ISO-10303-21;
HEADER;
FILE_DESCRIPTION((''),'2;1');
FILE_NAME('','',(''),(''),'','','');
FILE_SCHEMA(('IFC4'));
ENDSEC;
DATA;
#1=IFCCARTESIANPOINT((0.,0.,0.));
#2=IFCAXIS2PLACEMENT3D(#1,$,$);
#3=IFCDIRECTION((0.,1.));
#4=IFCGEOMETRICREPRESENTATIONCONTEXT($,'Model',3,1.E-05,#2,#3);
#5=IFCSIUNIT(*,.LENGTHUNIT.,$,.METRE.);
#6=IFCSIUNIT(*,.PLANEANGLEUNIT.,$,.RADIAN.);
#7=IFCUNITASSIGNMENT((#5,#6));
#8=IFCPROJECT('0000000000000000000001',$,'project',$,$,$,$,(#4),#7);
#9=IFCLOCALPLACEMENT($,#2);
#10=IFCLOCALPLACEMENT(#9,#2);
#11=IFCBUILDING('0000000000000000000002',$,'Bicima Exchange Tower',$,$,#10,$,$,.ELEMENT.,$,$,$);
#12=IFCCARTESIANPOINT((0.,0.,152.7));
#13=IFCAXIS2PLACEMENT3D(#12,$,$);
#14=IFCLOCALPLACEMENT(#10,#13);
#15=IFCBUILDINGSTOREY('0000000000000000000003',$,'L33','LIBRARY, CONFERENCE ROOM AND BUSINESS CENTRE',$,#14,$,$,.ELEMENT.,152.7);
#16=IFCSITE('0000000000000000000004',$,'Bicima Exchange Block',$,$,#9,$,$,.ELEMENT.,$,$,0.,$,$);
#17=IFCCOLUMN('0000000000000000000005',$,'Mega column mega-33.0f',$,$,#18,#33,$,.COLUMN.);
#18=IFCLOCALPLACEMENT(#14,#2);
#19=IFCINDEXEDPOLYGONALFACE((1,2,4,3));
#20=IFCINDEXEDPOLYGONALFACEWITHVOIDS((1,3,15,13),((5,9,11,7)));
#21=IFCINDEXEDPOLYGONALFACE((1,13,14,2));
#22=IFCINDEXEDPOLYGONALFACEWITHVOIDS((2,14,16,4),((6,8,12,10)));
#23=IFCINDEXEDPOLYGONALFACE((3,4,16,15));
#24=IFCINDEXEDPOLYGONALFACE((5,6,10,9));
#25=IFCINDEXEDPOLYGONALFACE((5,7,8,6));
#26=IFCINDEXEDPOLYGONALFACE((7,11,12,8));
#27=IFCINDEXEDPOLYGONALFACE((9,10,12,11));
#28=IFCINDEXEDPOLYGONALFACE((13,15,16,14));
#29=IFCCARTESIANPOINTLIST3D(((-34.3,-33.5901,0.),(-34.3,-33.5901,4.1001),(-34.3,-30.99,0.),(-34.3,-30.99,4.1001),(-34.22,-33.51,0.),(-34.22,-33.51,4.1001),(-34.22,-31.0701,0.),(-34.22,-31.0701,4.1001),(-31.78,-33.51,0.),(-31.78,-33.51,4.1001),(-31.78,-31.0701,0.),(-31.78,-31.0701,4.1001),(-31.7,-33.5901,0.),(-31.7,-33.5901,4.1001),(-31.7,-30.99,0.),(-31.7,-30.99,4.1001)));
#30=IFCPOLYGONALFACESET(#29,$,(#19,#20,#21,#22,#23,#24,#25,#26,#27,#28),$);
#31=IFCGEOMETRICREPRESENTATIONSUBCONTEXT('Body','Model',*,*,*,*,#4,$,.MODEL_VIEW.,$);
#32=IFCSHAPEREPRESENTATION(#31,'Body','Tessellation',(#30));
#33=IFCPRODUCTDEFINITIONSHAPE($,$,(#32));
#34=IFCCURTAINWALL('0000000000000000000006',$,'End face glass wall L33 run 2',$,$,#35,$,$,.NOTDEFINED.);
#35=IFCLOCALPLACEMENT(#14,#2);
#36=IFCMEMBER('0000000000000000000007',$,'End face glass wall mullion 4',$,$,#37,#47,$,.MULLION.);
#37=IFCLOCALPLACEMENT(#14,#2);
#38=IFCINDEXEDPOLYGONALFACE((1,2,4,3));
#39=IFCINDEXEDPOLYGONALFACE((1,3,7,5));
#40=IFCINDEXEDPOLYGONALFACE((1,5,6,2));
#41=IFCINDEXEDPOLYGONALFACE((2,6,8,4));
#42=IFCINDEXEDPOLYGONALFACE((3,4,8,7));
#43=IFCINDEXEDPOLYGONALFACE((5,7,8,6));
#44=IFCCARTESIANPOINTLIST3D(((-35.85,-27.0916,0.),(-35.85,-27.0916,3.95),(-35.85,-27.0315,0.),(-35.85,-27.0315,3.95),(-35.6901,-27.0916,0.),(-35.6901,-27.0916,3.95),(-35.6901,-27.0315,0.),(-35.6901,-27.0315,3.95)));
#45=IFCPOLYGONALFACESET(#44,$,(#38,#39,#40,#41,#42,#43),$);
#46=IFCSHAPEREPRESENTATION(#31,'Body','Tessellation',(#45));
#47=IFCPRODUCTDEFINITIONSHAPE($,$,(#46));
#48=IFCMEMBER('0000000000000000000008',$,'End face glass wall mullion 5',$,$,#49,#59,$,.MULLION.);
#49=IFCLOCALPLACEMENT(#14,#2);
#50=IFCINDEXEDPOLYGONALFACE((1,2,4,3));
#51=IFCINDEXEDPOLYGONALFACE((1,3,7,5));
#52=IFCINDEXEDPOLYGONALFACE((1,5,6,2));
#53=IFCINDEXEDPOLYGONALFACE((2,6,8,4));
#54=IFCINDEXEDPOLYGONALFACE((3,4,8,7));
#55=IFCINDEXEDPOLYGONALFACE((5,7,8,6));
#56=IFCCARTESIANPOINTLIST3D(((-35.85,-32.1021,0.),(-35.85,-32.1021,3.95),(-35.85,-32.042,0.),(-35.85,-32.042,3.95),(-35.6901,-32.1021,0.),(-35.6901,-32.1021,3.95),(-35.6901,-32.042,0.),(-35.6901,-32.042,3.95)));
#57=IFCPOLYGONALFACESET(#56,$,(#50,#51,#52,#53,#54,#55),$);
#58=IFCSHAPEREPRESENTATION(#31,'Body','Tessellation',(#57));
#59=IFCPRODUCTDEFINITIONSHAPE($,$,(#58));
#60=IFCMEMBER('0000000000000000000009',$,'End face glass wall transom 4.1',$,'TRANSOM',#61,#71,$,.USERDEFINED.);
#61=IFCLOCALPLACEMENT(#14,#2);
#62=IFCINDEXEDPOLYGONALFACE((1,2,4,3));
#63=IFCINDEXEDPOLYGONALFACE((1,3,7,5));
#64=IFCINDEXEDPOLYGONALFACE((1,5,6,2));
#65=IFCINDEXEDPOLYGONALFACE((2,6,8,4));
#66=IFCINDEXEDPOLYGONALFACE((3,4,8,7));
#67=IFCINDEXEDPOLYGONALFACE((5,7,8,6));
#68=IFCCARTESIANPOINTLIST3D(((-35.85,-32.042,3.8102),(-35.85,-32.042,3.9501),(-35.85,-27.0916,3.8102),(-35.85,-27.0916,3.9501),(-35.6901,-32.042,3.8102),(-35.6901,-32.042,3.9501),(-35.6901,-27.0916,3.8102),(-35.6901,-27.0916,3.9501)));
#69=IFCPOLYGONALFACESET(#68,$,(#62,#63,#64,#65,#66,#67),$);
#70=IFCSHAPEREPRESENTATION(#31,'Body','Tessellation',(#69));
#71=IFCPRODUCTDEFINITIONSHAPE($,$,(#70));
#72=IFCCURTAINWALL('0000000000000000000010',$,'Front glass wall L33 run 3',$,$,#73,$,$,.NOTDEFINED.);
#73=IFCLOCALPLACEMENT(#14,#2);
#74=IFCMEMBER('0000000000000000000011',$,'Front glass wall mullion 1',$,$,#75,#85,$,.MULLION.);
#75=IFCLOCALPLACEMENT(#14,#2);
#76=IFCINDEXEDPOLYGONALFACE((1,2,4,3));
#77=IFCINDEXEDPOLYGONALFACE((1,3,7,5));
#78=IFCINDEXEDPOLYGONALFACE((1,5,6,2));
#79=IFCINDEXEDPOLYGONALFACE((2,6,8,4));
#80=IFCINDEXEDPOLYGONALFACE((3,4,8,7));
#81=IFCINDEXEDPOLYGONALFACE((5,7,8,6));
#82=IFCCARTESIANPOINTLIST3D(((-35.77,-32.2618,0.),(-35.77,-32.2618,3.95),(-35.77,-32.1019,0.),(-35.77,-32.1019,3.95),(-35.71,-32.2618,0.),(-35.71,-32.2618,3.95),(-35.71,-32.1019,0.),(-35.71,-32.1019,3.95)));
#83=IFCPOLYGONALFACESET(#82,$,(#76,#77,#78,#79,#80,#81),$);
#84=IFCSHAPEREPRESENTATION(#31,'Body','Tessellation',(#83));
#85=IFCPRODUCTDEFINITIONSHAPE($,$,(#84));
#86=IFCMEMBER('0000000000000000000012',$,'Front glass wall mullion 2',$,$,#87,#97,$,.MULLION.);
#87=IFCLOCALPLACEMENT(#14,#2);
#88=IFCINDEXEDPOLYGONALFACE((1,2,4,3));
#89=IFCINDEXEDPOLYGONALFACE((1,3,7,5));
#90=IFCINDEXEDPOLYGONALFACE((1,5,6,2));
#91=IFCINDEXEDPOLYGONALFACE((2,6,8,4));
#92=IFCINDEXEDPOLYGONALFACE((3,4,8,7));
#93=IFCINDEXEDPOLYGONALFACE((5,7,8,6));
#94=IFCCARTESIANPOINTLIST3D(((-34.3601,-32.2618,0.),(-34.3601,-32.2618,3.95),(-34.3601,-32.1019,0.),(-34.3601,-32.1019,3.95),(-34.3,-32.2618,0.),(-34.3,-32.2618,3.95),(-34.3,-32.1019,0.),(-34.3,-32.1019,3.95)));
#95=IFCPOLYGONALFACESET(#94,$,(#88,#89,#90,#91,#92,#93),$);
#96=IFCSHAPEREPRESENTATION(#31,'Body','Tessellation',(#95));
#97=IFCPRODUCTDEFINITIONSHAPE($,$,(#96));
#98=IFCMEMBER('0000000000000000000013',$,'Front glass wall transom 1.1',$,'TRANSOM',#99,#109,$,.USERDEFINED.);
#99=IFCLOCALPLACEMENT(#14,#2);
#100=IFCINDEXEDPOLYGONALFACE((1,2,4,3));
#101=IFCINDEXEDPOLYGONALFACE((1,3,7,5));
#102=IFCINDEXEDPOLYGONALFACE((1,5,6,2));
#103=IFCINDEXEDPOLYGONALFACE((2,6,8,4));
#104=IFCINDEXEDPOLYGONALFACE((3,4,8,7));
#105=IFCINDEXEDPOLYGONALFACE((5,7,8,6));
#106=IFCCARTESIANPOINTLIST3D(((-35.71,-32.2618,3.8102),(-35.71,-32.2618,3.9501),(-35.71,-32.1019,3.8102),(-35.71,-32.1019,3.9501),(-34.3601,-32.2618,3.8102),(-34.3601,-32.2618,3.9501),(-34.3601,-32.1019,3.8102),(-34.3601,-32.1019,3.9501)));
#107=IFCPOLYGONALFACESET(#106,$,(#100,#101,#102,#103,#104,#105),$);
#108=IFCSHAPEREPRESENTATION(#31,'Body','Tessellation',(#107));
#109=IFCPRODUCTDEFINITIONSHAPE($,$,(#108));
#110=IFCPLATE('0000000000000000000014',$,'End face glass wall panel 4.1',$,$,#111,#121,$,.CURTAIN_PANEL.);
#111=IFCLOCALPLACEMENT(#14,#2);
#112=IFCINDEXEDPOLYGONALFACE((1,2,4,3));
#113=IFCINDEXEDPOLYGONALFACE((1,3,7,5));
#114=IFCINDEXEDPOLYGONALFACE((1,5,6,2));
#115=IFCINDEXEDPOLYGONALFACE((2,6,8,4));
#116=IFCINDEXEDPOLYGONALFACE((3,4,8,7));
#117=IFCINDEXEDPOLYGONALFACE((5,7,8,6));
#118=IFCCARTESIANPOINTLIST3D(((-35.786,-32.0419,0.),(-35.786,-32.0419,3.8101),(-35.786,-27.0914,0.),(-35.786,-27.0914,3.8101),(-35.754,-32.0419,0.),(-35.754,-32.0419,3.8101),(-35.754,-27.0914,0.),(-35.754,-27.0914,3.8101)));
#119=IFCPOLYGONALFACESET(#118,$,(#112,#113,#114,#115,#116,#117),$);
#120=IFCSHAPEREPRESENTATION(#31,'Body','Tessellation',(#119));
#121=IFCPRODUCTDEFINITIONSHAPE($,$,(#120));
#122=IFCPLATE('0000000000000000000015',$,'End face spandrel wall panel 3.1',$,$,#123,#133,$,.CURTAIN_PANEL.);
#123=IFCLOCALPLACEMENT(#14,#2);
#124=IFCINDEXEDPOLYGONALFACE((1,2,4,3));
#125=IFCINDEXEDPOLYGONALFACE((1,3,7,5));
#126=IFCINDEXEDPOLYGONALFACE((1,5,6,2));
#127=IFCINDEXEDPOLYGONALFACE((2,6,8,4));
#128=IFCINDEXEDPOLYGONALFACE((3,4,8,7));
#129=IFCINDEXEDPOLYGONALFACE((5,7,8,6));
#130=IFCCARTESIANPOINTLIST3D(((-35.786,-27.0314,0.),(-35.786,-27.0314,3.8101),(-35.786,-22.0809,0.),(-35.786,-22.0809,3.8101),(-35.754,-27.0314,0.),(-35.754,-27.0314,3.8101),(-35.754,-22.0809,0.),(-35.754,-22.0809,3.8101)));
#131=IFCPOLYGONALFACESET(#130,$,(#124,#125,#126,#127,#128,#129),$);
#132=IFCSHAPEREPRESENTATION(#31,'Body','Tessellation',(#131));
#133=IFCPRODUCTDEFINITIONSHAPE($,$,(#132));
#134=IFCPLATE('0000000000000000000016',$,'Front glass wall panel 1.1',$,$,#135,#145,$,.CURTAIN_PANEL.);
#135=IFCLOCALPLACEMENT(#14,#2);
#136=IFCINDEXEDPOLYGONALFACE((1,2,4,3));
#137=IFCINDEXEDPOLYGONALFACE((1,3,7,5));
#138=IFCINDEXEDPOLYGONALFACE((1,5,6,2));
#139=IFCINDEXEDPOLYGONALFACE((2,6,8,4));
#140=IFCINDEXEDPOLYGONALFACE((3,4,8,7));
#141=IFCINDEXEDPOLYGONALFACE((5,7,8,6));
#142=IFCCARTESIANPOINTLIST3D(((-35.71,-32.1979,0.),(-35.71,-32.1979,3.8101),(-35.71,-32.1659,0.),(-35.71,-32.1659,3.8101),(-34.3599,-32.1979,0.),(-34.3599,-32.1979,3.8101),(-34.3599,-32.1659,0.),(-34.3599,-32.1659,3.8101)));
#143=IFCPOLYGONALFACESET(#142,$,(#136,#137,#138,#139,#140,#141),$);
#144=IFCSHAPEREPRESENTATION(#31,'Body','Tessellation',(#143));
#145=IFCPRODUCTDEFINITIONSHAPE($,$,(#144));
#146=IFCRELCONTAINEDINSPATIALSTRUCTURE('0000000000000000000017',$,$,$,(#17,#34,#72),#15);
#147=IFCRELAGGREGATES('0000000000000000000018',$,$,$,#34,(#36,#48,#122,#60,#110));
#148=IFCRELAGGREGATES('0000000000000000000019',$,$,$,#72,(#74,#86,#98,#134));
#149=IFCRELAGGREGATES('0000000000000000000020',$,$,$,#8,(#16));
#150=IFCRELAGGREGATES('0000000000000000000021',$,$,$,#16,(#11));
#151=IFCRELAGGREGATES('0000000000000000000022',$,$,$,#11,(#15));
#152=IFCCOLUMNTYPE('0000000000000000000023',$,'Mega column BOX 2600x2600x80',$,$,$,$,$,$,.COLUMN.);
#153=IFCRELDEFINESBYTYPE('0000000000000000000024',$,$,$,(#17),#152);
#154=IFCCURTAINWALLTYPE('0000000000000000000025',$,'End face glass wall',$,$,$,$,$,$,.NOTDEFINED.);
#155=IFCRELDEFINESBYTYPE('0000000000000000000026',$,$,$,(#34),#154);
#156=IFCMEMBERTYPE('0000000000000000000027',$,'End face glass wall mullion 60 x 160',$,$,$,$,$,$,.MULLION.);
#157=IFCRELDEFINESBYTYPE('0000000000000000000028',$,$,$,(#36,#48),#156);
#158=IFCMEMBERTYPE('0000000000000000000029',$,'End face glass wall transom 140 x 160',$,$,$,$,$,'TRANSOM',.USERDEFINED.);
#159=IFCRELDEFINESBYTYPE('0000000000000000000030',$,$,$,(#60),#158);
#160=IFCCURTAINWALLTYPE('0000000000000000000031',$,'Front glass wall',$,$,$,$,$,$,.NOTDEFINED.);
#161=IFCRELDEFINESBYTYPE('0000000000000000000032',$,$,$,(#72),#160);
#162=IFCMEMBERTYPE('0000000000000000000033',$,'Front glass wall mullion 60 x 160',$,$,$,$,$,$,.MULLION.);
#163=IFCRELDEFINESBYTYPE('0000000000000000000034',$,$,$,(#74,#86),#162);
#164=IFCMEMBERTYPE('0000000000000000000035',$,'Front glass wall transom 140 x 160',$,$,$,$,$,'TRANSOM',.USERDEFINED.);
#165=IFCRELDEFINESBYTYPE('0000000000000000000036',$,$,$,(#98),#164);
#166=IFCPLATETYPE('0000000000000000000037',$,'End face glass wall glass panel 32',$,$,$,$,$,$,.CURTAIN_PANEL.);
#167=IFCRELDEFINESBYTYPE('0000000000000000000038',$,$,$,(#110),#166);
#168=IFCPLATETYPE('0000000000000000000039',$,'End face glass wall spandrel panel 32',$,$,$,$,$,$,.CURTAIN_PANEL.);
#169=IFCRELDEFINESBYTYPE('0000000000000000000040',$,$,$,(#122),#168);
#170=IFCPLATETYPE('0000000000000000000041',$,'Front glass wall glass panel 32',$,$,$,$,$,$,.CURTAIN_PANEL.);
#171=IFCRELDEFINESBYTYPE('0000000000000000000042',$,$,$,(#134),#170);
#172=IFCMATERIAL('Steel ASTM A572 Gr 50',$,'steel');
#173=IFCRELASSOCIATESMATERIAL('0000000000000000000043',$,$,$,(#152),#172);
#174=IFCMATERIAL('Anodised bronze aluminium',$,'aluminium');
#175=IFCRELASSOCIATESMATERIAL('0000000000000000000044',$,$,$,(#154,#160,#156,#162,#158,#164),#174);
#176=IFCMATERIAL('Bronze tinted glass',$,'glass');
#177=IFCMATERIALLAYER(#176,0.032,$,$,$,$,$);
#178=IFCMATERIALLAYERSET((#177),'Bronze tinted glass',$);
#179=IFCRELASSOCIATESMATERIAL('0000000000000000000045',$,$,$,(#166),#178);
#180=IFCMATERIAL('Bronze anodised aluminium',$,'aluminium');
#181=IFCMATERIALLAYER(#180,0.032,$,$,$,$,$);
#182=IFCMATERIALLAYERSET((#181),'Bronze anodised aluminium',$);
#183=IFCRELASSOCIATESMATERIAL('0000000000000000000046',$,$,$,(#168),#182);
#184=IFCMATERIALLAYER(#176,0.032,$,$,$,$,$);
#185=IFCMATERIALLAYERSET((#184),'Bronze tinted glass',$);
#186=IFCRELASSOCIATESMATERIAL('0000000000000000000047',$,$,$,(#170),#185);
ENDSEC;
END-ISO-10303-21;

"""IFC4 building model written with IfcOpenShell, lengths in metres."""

from ifc_helpers import new_model, si_unit, direction, frame, origin, origin_2d, place, context, subcontext, project, spatial, rectangle, hollow_rectangle, extrude, material, layer, layer_set, material_profile, profile_set, type_object, element, aggregate, save


model = new_model("IFC4")

# Units and contexts
model_context = context("Model", 3, precision=1e-05, world=origin(), true_north=direction((0.0, 1.0)))
body_context = subcontext(model_context, "Body", "Model", "MODEL_VIEW")
ifc_project = project(units=[si_unit("LENGTHUNIT", "METRE"), si_unit("PLANEANGLEUNIT", "RADIAN")], contexts=[model_context])

# Site, building, storey
site_placement = place(None, origin())
site = spatial("IfcSite", under=ifc_project, at=site_placement, Name="Bicima Exchange Block", CompositionType="ELEMENT", RefElevation=0.0)
building_placement = place(site_placement, origin())
building = spatial("IfcBuilding", under=site, at=building_placement, Name="Bicima Exchange Tower", CompositionType="ELEMENT")
storey_placement = place(building_placement, frame((0.0, 0.0, 152.7)))
storey = spatial("IfcBuildingStorey", under=building, at=storey_placement, Name="L33", Description="LIBRARY, CONFERENCE ROOM AND BUSINESS CENTRE", CompositionType="ELEMENT", Elevation=152.7)

# Column
ifc_material_1 = material(Name="Steel ASTM A572 Gr 50", Category="steel")
ifc_material_profile_1 = material_profile(ifc_material_1, hollow_rectangle(XDim=2.6001, YDim=2.6001, WallThickness=0.0801, at=origin_2d()))
ifc_profile_set_1 = profile_set([ifc_material_profile_1], Name="Steel ASTM A572 Gr 50")
column_type = type_object("IfcColumnType", Name="Mega column BOX 2600x2600x80", PredefinedType="COLUMN", material=ifc_profile_set_1)
column_placement = place(storey_placement, frame((-33.0, -32.29, 0.0), z_axis=(0.0, 0.0, 1.0), x_axis=(1.0, 0.0, 0.0)))
element("IfcColumn", 1, at=column_placement, inside=storey, type_object=column_type, Name="Mega column mega-33.0f", PredefinedType="COLUMN", context=body_context, shape_type="SweptSolid", body=[
    extrude(hollow_rectangle(XDim=2.6001, YDim=2.6001, WallThickness=0.0801, at=origin_2d()), origin(), (0.0, 0.0, 1.0), 4.1001),
])

# Curtain walls, members
ifc_material_2 = material(Name="Anodised bronze aluminium", Category="aluminium")
curtain_wall_type_1 = type_object("IfcCurtainWallType", Name="End face glass wall", PredefinedType="NOTDEFINED", material=ifc_material_2)
curtain_wall_1_placement = place(storey_placement, origin())
curtain_wall_1 = element("IfcCurtainWall", 2, at=curtain_wall_1_placement, inside=storey, type_object=curtain_wall_type_1, Name="End face glass wall L33 run 2", PredefinedType="NOTDEFINED")
ifc_material_profile_2 = material_profile(ifc_material_2, rectangle(XDim=0.1599, YDim=0.0601, at=origin_2d()))
ifc_profile_set_2 = profile_set([ifc_material_profile_2], Name="Anodised bronze aluminium")
member_type_1 = type_object("IfcMemberType", Name="End face glass wall mullion 60 x 160", PredefinedType="MULLION", material=ifc_profile_set_2)
member_1_placement = place(storey_placement, frame((-35.77, -27.0615, 0.0), z_axis=(0.0, 0.0, 1.0), x_axis=(1.0, 0.0, 0.0)))
member_1 = element("IfcMember", 3, at=member_1_placement, type_object=member_type_1, Name="End face glass wall mullion 4", PredefinedType="MULLION", context=body_context, shape_type="SweptSolid", body=[
    extrude(rectangle(XDim=0.1599, YDim=0.0601, at=origin_2d()), origin(), (0.0, 0.0, 1.0), 3.95),
])
member_2_placement = place(storey_placement, frame((-35.77, -32.072, 0.0), z_axis=(0.0, 0.0, 1.0), x_axis=(1.0, 0.0, 0.0)))
member_2 = element("IfcMember", 4, at=member_2_placement, type_object=member_type_1, Name="End face glass wall mullion 5", PredefinedType="MULLION", context=body_context, shape_type="SweptSolid", body=[
    extrude(rectangle(XDim=0.1599, YDim=0.0601, at=origin_2d()), origin(), (0.0, 0.0, 1.0), 3.95),
])
ifc_material_profile_3 = material_profile(ifc_material_2, rectangle(XDim=0.1599, YDim=0.1399, at=origin_2d()))
ifc_profile_set_3 = profile_set([ifc_material_profile_3], Name="Anodised bronze aluminium")
member_type_2 = type_object("IfcMemberType", Name="End face glass wall transom 140 x 160", ElementType="TRANSOM", PredefinedType="USERDEFINED", material=ifc_profile_set_3)
member_3_placement = place(storey_placement, frame((-35.77, -27.0916, 3.8801), z_axis=(0.0, -1.0, 0.0), x_axis=(1.0, 0.0, 0.0)))
member_3 = element("IfcMember", 5, at=member_3_placement, type_object=member_type_2, Name="End face glass wall transom 4.1", ObjectType="TRANSOM", PredefinedType="USERDEFINED", context=body_context, shape_type="SweptSolid", body=[
    extrude(rectangle(XDim=0.1599, YDim=0.1399, at=origin_2d()), origin(), (0.0, 0.0, 1.0), 4.9504),
])
curtain_wall_type_2 = type_object("IfcCurtainWallType", Name="Front glass wall", PredefinedType="NOTDEFINED", material=ifc_material_2)
curtain_wall_2_placement = place(storey_placement, origin())
curtain_wall_2 = element("IfcCurtainWall", 6, at=curtain_wall_2_placement, inside=storey, type_object=curtain_wall_type_2, Name="Front glass wall L33 run 3", PredefinedType="NOTDEFINED")
member_type_3 = type_object("IfcMemberType", Name="Front glass wall mullion 60 x 160", PredefinedType="MULLION", material=ifc_profile_set_2)
member_4_placement = place(storey_placement, frame((-35.74, -32.1819, 0.0), z_axis=(0.0, 0.0, 1.0), x_axis=(0.0, 1.0, 0.0)))
member_4 = element("IfcMember", 7, at=member_4_placement, type_object=member_type_3, Name="Front glass wall mullion 1", PredefinedType="MULLION", context=body_context, shape_type="SweptSolid", body=[
    extrude(rectangle(XDim=0.1599, YDim=0.0601, at=origin_2d()), origin(), (0.0, 0.0, 1.0), 3.95),
])
member_5_placement = place(storey_placement, frame((-34.3301, -32.1819, 0.0), z_axis=(0.0, 0.0, 1.0), x_axis=(0.0, 1.0, 0.0)))
member_5 = element("IfcMember", 8, at=member_5_placement, type_object=member_type_3, Name="Front glass wall mullion 2", PredefinedType="MULLION", context=body_context, shape_type="SweptSolid", body=[
    extrude(rectangle(XDim=0.1599, YDim=0.0601, at=origin_2d()), origin(), (0.0, 0.0, 1.0), 3.95),
])
member_type_4 = type_object("IfcMemberType", Name="Front glass wall transom 140 x 160", ElementType="TRANSOM", PredefinedType="USERDEFINED", material=ifc_profile_set_3)
member_6_placement = place(storey_placement, frame((-35.71, -32.1819, 3.8801), z_axis=(1.0, 0.0, 0.0), x_axis=(0.0, 1.0, 0.0)))
member_6 = element("IfcMember", 9, at=member_6_placement, type_object=member_type_4, Name="Front glass wall transom 1.1", ObjectType="TRANSOM", PredefinedType="USERDEFINED", context=body_context, shape_type="SweptSolid", body=[
    extrude(rectangle(XDim=0.1599, YDim=0.1399, at=origin_2d()), origin(), (0.0, 0.0, 1.0), 1.3499),
])

# Plates
ifc_material_3 = material(Name="Bronze tinted glass", Category="glass")
ifc_layer_1 = layer(ifc_material_3, 0.032)
ifc_layer_set_1 = layer_set([ifc_layer_1], Name="Bronze tinted glass")
plate_type_1 = type_object("IfcPlateType", Name="End face glass wall glass panel 32", PredefinedType="CURTAIN_PANEL", material=ifc_layer_set_1)
plate_1_placement = place(storey_placement, frame((-35.77, -29.5667, 0.0), z_axis=(0.0, 0.0, 1.0), x_axis=(0.0, -1.0, 0.0)))
plate_1 = element("IfcPlate", 10, at=plate_1_placement, type_object=plate_type_1, Name="End face glass wall panel 4.1", PredefinedType="CURTAIN_PANEL", context=body_context, shape_type="SweptSolid", body=[
    extrude(rectangle(XDim=4.9504, YDim=0.032, at=origin_2d()), origin(), (0.0, 0.0, 1.0), 3.8101),
])
ifc_material_4 = material(Name="Bronze anodised aluminium", Category="aluminium")
ifc_layer_2 = layer(ifc_material_4, 0.032)
ifc_layer_set_2 = layer_set([ifc_layer_2], Name="Bronze anodised aluminium")
plate_type_2 = type_object("IfcPlateType", Name="End face glass wall spandrel panel 32", PredefinedType="CURTAIN_PANEL", material=ifc_layer_set_2)
plate_2_placement = place(storey_placement, frame((-35.77, -24.5562, 0.0), z_axis=(0.0, 0.0, 1.0), x_axis=(0.0, -1.0, 0.0)))
plate_2 = element("IfcPlate", 11, at=plate_2_placement, type_object=plate_type_2, Name="End face spandrel wall panel 3.1", PredefinedType="CURTAIN_PANEL", context=body_context, shape_type="SweptSolid", body=[
    extrude(rectangle(XDim=4.9504, YDim=0.032, at=origin_2d()), origin(), (0.0, 0.0, 1.0), 3.8101),
])
aggregate(curtain_wall_1, [member_1, member_2, plate_2, member_3, plate_1])
ifc_layer_3 = layer(ifc_material_3, 0.032)
ifc_layer_set_3 = layer_set([ifc_layer_3], Name="Bronze tinted glass")
plate_type_3 = type_object("IfcPlateType", Name="Front glass wall glass panel 32", PredefinedType="CURTAIN_PANEL", material=ifc_layer_set_3)
plate_3_placement = place(storey_placement, frame((-35.0349, -32.1819, 0.0), z_axis=(0.0, 0.0, 1.0), x_axis=(1.0, 0.0, 0.0)))
plate_3 = element("IfcPlate", 12, at=plate_3_placement, type_object=plate_type_3, Name="Front glass wall panel 1.1", PredefinedType="CURTAIN_PANEL", context=body_context, shape_type="SweptSolid", body=[
    extrude(rectangle(XDim=1.3501, YDim=0.032, at=origin_2d()), origin(), (0.0, 0.0, 1.0), 3.8101),
])
aggregate(curtain_wall_2, [member_4, member_5, member_6, plate_3])

save(model, "model.ifc")
